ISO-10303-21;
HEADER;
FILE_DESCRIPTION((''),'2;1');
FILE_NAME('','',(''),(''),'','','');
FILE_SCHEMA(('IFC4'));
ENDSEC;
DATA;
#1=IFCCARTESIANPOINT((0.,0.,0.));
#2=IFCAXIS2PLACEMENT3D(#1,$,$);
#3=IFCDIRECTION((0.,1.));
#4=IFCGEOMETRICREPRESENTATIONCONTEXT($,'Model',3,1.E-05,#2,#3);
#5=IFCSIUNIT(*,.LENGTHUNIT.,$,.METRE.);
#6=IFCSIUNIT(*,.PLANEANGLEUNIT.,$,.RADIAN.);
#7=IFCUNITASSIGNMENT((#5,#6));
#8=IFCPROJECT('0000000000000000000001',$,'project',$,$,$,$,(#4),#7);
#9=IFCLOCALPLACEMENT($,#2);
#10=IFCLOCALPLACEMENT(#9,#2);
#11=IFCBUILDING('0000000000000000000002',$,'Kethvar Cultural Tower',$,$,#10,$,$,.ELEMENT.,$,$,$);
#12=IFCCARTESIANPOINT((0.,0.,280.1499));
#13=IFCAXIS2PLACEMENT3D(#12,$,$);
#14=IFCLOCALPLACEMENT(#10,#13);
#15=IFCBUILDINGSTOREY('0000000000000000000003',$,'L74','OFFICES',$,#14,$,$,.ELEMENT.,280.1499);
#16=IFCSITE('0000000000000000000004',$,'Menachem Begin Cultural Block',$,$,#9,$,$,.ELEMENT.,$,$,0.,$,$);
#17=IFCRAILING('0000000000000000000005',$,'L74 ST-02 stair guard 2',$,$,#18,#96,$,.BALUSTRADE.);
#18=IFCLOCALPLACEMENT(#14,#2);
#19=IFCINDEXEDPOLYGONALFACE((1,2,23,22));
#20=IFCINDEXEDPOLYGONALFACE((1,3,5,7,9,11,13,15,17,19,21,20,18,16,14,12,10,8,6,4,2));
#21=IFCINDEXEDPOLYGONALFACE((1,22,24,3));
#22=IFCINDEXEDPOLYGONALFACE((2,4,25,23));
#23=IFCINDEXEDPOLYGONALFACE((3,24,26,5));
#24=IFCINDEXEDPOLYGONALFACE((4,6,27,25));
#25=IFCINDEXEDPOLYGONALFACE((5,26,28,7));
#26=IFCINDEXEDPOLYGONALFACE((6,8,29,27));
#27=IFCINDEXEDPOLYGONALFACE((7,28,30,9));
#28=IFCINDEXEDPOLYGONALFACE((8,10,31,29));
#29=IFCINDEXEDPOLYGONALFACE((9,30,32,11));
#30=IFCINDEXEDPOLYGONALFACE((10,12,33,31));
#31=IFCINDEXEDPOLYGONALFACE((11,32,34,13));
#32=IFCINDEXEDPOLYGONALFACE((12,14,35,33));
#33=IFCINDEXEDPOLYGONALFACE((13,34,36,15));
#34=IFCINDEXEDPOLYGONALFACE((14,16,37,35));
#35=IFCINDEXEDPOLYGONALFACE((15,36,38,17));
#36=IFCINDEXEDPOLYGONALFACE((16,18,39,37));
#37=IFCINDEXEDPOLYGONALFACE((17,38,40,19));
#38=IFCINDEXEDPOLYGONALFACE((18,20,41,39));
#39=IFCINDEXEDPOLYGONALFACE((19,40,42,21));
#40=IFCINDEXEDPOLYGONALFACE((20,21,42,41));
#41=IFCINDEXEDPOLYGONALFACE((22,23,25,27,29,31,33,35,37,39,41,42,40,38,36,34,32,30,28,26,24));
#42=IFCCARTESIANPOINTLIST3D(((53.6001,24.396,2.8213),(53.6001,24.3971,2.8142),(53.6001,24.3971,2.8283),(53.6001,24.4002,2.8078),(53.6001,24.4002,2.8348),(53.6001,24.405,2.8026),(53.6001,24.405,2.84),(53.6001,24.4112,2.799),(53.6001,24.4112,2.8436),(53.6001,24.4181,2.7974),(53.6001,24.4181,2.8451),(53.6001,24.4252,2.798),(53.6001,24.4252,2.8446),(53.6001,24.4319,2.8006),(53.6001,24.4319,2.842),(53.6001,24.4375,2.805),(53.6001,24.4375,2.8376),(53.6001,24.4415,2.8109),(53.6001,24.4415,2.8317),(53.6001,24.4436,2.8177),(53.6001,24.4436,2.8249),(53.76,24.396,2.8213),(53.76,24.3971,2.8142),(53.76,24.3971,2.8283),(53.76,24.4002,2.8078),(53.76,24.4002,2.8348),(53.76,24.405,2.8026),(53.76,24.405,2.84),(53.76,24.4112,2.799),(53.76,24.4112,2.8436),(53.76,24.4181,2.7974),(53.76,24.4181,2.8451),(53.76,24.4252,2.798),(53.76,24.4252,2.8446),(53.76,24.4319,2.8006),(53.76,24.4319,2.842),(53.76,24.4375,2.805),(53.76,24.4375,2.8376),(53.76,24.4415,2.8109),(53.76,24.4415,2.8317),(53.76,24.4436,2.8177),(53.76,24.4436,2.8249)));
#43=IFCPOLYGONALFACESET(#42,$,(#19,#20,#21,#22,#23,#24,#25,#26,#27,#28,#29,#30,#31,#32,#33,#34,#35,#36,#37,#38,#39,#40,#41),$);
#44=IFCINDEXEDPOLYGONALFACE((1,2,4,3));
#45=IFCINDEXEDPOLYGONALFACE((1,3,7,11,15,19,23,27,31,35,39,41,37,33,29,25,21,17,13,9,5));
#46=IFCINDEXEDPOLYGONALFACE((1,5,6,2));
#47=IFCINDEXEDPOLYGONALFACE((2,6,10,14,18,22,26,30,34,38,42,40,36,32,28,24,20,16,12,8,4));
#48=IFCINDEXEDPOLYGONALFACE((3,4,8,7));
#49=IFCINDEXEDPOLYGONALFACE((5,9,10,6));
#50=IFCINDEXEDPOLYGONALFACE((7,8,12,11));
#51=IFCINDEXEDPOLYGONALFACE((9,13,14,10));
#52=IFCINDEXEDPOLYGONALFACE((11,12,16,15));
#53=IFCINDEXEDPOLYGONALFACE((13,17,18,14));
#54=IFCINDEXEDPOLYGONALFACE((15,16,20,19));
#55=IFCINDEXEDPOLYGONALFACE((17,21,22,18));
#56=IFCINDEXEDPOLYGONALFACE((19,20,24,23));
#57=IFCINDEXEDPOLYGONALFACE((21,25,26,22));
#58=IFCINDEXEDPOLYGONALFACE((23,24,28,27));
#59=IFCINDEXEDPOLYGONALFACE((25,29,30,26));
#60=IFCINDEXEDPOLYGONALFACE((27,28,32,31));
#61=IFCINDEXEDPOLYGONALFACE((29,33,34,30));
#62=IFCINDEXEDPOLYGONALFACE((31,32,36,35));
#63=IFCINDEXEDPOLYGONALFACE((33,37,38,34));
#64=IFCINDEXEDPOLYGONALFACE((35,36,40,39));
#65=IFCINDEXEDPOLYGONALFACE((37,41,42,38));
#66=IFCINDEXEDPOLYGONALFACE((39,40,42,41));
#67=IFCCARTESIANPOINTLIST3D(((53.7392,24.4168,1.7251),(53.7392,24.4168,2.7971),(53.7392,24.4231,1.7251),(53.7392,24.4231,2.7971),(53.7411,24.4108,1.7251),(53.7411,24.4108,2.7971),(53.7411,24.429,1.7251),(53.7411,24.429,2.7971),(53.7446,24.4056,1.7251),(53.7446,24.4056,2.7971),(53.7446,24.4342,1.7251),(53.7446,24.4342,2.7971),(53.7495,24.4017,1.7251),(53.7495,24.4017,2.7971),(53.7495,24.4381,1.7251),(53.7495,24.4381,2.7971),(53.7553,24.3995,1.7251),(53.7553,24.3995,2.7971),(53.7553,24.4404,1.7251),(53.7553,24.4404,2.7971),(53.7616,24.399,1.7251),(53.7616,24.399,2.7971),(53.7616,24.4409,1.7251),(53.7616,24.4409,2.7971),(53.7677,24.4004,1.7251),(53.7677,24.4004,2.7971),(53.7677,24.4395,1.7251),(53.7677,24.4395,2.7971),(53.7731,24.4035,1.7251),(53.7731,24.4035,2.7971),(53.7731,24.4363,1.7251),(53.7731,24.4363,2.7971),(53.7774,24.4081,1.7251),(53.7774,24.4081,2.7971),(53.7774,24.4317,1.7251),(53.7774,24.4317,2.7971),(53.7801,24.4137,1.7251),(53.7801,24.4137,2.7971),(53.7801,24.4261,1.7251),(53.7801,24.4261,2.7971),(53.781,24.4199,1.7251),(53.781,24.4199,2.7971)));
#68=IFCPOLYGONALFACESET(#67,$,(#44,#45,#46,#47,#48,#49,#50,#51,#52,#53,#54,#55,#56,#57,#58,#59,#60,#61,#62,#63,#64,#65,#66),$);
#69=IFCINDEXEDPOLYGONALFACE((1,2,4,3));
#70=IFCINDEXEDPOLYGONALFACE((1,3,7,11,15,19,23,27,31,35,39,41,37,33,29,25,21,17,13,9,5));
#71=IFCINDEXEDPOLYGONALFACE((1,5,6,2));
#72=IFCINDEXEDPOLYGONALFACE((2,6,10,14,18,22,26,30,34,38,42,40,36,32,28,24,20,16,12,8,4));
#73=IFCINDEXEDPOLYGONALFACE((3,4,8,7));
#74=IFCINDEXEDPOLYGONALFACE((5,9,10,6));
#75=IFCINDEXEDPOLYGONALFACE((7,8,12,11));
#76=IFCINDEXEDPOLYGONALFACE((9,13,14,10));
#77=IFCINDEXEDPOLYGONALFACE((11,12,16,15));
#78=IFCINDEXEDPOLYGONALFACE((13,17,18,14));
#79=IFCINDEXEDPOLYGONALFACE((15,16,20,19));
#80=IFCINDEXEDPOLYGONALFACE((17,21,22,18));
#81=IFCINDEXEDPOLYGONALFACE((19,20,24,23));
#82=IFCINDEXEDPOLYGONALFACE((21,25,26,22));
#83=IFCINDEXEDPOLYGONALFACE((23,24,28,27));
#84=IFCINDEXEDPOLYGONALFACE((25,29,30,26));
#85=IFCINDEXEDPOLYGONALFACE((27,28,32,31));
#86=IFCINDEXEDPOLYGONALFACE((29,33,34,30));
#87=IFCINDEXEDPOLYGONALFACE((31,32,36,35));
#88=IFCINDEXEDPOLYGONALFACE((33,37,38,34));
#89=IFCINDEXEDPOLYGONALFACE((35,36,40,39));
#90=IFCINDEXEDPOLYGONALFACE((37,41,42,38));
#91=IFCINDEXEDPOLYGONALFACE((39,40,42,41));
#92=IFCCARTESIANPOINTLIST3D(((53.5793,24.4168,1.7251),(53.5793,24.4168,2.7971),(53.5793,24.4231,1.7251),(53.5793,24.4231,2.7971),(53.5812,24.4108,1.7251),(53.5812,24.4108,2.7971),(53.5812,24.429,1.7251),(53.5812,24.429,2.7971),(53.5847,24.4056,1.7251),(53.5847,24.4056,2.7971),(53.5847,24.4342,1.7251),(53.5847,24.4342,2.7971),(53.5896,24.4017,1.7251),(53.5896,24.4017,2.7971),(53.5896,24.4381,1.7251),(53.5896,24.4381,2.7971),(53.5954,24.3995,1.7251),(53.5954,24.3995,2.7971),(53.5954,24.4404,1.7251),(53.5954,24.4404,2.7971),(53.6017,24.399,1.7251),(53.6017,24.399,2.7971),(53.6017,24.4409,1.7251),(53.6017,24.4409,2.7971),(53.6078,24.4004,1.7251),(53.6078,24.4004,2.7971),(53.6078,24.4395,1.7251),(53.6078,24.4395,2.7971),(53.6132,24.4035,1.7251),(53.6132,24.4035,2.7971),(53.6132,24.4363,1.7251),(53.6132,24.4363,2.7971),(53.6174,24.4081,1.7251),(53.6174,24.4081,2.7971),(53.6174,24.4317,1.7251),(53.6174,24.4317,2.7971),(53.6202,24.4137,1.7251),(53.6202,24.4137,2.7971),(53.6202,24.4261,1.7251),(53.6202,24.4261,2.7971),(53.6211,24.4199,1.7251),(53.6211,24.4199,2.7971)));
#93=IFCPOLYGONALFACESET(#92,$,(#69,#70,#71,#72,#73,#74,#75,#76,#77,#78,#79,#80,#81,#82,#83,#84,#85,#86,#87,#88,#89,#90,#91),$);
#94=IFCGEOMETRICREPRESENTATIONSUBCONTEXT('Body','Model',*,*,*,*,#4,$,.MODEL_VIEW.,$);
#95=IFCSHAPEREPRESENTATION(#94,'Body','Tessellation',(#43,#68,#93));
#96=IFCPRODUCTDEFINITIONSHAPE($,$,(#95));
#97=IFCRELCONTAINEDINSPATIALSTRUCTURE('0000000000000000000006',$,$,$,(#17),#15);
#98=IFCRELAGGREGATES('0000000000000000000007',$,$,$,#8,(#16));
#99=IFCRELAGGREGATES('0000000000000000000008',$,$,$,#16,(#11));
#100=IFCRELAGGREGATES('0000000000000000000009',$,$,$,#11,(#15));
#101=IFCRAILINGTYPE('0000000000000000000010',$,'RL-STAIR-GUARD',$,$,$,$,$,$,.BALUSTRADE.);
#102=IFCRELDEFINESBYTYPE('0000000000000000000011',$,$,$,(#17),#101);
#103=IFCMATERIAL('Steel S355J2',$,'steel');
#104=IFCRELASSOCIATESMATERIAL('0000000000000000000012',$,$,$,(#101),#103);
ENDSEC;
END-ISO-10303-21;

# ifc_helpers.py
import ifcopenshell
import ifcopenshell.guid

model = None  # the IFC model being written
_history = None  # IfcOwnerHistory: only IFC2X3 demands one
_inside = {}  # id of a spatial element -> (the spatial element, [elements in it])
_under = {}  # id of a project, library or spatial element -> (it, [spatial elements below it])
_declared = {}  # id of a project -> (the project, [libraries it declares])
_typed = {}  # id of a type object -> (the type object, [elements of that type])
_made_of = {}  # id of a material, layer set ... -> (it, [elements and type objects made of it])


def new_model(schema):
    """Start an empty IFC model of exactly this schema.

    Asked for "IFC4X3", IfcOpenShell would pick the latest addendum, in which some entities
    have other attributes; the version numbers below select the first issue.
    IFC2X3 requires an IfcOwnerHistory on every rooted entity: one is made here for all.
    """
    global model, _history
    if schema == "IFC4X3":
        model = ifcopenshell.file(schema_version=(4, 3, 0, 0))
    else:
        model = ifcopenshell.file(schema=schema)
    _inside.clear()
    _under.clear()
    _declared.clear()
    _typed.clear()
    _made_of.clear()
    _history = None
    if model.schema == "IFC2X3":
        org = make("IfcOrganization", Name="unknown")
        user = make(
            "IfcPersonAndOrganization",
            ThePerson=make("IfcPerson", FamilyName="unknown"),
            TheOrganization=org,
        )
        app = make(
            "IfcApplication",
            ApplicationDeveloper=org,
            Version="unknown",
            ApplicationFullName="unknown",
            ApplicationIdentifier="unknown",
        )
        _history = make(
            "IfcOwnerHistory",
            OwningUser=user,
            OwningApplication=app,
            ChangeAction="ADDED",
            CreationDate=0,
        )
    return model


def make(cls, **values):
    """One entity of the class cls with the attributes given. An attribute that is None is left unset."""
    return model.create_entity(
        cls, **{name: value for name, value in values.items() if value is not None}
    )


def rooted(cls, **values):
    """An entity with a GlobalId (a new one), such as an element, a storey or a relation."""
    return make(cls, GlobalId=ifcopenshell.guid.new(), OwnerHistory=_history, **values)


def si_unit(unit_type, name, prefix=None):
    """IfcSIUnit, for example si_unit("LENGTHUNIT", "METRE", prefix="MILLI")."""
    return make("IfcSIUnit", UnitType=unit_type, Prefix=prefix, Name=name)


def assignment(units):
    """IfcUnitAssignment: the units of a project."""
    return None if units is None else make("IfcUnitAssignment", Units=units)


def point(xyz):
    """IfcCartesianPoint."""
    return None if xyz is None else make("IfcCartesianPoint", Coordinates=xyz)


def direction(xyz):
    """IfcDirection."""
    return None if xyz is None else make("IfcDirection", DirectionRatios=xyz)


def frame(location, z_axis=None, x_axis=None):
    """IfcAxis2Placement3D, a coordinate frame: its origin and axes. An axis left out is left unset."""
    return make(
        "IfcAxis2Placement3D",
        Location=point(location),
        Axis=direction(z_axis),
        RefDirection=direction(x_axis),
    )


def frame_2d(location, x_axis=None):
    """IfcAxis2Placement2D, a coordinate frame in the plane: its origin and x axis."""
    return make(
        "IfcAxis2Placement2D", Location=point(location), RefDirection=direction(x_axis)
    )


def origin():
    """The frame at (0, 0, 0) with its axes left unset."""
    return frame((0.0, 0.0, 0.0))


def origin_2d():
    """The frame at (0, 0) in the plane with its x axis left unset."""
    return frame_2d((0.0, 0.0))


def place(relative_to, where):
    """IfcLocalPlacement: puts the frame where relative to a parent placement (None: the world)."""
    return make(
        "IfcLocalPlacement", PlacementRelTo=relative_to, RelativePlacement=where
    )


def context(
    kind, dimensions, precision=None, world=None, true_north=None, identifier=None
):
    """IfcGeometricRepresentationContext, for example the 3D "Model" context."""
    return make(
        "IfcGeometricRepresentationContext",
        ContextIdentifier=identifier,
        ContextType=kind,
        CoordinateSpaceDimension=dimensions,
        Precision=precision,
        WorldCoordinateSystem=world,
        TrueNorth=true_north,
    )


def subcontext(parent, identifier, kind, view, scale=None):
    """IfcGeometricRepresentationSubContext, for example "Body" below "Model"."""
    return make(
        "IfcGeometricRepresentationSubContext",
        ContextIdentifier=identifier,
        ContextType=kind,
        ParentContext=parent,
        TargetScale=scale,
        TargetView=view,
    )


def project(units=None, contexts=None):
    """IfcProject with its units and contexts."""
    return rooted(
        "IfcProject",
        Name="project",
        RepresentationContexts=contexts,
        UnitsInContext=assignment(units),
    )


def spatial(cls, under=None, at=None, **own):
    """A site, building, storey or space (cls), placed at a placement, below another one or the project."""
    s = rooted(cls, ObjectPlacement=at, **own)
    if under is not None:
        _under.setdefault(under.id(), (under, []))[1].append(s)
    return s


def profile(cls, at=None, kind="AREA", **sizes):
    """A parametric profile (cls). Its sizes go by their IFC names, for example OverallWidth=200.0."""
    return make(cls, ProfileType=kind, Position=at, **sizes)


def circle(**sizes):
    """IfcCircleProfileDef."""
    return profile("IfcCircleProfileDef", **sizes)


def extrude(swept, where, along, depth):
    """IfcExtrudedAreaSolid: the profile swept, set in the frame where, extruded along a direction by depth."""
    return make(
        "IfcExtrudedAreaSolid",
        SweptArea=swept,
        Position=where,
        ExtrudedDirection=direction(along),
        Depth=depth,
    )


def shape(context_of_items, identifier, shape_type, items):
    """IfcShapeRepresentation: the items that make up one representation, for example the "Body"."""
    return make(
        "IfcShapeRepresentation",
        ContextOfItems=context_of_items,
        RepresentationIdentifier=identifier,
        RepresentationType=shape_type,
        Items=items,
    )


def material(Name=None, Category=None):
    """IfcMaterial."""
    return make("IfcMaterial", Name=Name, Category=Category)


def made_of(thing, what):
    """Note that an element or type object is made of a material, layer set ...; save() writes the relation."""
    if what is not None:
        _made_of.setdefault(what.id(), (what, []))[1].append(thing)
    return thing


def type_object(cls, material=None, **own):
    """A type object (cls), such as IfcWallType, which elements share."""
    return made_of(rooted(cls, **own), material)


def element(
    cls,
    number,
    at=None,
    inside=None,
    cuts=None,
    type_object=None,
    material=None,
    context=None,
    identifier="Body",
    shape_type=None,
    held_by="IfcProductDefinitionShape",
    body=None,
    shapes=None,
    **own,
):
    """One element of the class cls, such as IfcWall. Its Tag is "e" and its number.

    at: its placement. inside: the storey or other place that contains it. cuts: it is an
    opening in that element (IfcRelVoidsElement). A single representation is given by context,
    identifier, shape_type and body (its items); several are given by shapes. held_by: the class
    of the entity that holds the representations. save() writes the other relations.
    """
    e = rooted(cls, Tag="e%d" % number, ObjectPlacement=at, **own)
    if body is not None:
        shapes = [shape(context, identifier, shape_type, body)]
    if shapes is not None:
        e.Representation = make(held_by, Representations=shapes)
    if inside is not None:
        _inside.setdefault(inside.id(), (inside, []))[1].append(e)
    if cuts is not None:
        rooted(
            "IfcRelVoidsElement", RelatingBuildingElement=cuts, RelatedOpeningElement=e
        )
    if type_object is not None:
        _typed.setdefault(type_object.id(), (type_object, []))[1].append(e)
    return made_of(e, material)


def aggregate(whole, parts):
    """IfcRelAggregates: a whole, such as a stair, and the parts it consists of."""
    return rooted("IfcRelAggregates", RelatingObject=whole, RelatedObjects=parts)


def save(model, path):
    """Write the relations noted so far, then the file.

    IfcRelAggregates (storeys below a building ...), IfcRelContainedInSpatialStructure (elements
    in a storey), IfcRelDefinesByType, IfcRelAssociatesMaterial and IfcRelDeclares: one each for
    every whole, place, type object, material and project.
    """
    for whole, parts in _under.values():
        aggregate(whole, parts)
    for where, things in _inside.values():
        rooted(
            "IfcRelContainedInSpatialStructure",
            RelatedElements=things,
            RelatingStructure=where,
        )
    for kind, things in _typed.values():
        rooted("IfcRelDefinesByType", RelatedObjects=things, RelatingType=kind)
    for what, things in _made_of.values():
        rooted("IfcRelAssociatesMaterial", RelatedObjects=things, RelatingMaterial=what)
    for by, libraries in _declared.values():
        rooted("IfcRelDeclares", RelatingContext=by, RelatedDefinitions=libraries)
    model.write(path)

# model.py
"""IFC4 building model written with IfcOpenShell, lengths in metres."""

from ifc_helpers import new_model, si_unit, direction, frame, origin, origin_2d, place, context, subcontext, project, spatial, circle, extrude, material, type_object, element, save


model = new_model("IFC4")

# Units and contexts
model_context = context("Model", 3, precision=1e-05, world=origin(), true_north=direction((0.0, 1.0)))
body_context = subcontext(model_context, "Body", "Model", "MODEL_VIEW")
ifc_project = project(units=[si_unit("LENGTHUNIT", "METRE"), si_unit("PLANEANGLEUNIT", "RADIAN")], contexts=[model_context])

# Site, building, storey
site_placement = place(None, origin())
site = spatial("IfcSite", under=ifc_project, at=site_placement, Name="Menachem Begin Cultural Block", CompositionType="ELEMENT", RefElevation=0.0)
building_placement = place(site_placement, origin())
building = spatial("IfcBuilding", under=site, at=building_placement, Name="Kethvar Cultural Tower", CompositionType="ELEMENT")
storey_placement = place(building_placement, frame((0.0, 0.0, 280.1499)))
storey = spatial("IfcBuildingStorey", under=building, at=storey_placement, Name="L74", Description="OFFICES", CompositionType="ELEMENT", Elevation=280.1499)

# Shared definitions
ifc_material_1 = material(Name="Steel S355J2", Category="steel")

# Railing
railing_type_1 = type_object("IfcRailingType", Name="RL-STAIR-GUARD", PredefinedType="BALUSTRADE", material=ifc_material_1)
railing_1_placement = place(storey_placement, frame((53.76, 24.4199, 1.7251)))
element("IfcRailing", 1, at=railing_1_placement, inside=storey, type_object=railing_type_1, Name="L74 ST-02 stair guard 2", PredefinedType="BALUSTRADE", context=body_context, shape_type="SweptSolid", body=[
    extrude(circle(Radius=0.0239, at=origin_2d()), frame((0.0, 0.0, 1.0962), z_axis=(-1.0, 0.0, 0.0), x_axis=(0.0, -1.0, 0.0)), (0.0, 0.0, 1.0), 0.1599),
    extrude(circle(Radius=0.021, at=origin_2d()), origin(), (0.0, 0.0, 1.0), 1.072),
    extrude(circle(Radius=0.021, at=origin_2d()), frame((-0.1599, 0.0, 0.0)), (0.0, 0.0, 1.0), 1.072),
])

save(model, "model.ifc")
